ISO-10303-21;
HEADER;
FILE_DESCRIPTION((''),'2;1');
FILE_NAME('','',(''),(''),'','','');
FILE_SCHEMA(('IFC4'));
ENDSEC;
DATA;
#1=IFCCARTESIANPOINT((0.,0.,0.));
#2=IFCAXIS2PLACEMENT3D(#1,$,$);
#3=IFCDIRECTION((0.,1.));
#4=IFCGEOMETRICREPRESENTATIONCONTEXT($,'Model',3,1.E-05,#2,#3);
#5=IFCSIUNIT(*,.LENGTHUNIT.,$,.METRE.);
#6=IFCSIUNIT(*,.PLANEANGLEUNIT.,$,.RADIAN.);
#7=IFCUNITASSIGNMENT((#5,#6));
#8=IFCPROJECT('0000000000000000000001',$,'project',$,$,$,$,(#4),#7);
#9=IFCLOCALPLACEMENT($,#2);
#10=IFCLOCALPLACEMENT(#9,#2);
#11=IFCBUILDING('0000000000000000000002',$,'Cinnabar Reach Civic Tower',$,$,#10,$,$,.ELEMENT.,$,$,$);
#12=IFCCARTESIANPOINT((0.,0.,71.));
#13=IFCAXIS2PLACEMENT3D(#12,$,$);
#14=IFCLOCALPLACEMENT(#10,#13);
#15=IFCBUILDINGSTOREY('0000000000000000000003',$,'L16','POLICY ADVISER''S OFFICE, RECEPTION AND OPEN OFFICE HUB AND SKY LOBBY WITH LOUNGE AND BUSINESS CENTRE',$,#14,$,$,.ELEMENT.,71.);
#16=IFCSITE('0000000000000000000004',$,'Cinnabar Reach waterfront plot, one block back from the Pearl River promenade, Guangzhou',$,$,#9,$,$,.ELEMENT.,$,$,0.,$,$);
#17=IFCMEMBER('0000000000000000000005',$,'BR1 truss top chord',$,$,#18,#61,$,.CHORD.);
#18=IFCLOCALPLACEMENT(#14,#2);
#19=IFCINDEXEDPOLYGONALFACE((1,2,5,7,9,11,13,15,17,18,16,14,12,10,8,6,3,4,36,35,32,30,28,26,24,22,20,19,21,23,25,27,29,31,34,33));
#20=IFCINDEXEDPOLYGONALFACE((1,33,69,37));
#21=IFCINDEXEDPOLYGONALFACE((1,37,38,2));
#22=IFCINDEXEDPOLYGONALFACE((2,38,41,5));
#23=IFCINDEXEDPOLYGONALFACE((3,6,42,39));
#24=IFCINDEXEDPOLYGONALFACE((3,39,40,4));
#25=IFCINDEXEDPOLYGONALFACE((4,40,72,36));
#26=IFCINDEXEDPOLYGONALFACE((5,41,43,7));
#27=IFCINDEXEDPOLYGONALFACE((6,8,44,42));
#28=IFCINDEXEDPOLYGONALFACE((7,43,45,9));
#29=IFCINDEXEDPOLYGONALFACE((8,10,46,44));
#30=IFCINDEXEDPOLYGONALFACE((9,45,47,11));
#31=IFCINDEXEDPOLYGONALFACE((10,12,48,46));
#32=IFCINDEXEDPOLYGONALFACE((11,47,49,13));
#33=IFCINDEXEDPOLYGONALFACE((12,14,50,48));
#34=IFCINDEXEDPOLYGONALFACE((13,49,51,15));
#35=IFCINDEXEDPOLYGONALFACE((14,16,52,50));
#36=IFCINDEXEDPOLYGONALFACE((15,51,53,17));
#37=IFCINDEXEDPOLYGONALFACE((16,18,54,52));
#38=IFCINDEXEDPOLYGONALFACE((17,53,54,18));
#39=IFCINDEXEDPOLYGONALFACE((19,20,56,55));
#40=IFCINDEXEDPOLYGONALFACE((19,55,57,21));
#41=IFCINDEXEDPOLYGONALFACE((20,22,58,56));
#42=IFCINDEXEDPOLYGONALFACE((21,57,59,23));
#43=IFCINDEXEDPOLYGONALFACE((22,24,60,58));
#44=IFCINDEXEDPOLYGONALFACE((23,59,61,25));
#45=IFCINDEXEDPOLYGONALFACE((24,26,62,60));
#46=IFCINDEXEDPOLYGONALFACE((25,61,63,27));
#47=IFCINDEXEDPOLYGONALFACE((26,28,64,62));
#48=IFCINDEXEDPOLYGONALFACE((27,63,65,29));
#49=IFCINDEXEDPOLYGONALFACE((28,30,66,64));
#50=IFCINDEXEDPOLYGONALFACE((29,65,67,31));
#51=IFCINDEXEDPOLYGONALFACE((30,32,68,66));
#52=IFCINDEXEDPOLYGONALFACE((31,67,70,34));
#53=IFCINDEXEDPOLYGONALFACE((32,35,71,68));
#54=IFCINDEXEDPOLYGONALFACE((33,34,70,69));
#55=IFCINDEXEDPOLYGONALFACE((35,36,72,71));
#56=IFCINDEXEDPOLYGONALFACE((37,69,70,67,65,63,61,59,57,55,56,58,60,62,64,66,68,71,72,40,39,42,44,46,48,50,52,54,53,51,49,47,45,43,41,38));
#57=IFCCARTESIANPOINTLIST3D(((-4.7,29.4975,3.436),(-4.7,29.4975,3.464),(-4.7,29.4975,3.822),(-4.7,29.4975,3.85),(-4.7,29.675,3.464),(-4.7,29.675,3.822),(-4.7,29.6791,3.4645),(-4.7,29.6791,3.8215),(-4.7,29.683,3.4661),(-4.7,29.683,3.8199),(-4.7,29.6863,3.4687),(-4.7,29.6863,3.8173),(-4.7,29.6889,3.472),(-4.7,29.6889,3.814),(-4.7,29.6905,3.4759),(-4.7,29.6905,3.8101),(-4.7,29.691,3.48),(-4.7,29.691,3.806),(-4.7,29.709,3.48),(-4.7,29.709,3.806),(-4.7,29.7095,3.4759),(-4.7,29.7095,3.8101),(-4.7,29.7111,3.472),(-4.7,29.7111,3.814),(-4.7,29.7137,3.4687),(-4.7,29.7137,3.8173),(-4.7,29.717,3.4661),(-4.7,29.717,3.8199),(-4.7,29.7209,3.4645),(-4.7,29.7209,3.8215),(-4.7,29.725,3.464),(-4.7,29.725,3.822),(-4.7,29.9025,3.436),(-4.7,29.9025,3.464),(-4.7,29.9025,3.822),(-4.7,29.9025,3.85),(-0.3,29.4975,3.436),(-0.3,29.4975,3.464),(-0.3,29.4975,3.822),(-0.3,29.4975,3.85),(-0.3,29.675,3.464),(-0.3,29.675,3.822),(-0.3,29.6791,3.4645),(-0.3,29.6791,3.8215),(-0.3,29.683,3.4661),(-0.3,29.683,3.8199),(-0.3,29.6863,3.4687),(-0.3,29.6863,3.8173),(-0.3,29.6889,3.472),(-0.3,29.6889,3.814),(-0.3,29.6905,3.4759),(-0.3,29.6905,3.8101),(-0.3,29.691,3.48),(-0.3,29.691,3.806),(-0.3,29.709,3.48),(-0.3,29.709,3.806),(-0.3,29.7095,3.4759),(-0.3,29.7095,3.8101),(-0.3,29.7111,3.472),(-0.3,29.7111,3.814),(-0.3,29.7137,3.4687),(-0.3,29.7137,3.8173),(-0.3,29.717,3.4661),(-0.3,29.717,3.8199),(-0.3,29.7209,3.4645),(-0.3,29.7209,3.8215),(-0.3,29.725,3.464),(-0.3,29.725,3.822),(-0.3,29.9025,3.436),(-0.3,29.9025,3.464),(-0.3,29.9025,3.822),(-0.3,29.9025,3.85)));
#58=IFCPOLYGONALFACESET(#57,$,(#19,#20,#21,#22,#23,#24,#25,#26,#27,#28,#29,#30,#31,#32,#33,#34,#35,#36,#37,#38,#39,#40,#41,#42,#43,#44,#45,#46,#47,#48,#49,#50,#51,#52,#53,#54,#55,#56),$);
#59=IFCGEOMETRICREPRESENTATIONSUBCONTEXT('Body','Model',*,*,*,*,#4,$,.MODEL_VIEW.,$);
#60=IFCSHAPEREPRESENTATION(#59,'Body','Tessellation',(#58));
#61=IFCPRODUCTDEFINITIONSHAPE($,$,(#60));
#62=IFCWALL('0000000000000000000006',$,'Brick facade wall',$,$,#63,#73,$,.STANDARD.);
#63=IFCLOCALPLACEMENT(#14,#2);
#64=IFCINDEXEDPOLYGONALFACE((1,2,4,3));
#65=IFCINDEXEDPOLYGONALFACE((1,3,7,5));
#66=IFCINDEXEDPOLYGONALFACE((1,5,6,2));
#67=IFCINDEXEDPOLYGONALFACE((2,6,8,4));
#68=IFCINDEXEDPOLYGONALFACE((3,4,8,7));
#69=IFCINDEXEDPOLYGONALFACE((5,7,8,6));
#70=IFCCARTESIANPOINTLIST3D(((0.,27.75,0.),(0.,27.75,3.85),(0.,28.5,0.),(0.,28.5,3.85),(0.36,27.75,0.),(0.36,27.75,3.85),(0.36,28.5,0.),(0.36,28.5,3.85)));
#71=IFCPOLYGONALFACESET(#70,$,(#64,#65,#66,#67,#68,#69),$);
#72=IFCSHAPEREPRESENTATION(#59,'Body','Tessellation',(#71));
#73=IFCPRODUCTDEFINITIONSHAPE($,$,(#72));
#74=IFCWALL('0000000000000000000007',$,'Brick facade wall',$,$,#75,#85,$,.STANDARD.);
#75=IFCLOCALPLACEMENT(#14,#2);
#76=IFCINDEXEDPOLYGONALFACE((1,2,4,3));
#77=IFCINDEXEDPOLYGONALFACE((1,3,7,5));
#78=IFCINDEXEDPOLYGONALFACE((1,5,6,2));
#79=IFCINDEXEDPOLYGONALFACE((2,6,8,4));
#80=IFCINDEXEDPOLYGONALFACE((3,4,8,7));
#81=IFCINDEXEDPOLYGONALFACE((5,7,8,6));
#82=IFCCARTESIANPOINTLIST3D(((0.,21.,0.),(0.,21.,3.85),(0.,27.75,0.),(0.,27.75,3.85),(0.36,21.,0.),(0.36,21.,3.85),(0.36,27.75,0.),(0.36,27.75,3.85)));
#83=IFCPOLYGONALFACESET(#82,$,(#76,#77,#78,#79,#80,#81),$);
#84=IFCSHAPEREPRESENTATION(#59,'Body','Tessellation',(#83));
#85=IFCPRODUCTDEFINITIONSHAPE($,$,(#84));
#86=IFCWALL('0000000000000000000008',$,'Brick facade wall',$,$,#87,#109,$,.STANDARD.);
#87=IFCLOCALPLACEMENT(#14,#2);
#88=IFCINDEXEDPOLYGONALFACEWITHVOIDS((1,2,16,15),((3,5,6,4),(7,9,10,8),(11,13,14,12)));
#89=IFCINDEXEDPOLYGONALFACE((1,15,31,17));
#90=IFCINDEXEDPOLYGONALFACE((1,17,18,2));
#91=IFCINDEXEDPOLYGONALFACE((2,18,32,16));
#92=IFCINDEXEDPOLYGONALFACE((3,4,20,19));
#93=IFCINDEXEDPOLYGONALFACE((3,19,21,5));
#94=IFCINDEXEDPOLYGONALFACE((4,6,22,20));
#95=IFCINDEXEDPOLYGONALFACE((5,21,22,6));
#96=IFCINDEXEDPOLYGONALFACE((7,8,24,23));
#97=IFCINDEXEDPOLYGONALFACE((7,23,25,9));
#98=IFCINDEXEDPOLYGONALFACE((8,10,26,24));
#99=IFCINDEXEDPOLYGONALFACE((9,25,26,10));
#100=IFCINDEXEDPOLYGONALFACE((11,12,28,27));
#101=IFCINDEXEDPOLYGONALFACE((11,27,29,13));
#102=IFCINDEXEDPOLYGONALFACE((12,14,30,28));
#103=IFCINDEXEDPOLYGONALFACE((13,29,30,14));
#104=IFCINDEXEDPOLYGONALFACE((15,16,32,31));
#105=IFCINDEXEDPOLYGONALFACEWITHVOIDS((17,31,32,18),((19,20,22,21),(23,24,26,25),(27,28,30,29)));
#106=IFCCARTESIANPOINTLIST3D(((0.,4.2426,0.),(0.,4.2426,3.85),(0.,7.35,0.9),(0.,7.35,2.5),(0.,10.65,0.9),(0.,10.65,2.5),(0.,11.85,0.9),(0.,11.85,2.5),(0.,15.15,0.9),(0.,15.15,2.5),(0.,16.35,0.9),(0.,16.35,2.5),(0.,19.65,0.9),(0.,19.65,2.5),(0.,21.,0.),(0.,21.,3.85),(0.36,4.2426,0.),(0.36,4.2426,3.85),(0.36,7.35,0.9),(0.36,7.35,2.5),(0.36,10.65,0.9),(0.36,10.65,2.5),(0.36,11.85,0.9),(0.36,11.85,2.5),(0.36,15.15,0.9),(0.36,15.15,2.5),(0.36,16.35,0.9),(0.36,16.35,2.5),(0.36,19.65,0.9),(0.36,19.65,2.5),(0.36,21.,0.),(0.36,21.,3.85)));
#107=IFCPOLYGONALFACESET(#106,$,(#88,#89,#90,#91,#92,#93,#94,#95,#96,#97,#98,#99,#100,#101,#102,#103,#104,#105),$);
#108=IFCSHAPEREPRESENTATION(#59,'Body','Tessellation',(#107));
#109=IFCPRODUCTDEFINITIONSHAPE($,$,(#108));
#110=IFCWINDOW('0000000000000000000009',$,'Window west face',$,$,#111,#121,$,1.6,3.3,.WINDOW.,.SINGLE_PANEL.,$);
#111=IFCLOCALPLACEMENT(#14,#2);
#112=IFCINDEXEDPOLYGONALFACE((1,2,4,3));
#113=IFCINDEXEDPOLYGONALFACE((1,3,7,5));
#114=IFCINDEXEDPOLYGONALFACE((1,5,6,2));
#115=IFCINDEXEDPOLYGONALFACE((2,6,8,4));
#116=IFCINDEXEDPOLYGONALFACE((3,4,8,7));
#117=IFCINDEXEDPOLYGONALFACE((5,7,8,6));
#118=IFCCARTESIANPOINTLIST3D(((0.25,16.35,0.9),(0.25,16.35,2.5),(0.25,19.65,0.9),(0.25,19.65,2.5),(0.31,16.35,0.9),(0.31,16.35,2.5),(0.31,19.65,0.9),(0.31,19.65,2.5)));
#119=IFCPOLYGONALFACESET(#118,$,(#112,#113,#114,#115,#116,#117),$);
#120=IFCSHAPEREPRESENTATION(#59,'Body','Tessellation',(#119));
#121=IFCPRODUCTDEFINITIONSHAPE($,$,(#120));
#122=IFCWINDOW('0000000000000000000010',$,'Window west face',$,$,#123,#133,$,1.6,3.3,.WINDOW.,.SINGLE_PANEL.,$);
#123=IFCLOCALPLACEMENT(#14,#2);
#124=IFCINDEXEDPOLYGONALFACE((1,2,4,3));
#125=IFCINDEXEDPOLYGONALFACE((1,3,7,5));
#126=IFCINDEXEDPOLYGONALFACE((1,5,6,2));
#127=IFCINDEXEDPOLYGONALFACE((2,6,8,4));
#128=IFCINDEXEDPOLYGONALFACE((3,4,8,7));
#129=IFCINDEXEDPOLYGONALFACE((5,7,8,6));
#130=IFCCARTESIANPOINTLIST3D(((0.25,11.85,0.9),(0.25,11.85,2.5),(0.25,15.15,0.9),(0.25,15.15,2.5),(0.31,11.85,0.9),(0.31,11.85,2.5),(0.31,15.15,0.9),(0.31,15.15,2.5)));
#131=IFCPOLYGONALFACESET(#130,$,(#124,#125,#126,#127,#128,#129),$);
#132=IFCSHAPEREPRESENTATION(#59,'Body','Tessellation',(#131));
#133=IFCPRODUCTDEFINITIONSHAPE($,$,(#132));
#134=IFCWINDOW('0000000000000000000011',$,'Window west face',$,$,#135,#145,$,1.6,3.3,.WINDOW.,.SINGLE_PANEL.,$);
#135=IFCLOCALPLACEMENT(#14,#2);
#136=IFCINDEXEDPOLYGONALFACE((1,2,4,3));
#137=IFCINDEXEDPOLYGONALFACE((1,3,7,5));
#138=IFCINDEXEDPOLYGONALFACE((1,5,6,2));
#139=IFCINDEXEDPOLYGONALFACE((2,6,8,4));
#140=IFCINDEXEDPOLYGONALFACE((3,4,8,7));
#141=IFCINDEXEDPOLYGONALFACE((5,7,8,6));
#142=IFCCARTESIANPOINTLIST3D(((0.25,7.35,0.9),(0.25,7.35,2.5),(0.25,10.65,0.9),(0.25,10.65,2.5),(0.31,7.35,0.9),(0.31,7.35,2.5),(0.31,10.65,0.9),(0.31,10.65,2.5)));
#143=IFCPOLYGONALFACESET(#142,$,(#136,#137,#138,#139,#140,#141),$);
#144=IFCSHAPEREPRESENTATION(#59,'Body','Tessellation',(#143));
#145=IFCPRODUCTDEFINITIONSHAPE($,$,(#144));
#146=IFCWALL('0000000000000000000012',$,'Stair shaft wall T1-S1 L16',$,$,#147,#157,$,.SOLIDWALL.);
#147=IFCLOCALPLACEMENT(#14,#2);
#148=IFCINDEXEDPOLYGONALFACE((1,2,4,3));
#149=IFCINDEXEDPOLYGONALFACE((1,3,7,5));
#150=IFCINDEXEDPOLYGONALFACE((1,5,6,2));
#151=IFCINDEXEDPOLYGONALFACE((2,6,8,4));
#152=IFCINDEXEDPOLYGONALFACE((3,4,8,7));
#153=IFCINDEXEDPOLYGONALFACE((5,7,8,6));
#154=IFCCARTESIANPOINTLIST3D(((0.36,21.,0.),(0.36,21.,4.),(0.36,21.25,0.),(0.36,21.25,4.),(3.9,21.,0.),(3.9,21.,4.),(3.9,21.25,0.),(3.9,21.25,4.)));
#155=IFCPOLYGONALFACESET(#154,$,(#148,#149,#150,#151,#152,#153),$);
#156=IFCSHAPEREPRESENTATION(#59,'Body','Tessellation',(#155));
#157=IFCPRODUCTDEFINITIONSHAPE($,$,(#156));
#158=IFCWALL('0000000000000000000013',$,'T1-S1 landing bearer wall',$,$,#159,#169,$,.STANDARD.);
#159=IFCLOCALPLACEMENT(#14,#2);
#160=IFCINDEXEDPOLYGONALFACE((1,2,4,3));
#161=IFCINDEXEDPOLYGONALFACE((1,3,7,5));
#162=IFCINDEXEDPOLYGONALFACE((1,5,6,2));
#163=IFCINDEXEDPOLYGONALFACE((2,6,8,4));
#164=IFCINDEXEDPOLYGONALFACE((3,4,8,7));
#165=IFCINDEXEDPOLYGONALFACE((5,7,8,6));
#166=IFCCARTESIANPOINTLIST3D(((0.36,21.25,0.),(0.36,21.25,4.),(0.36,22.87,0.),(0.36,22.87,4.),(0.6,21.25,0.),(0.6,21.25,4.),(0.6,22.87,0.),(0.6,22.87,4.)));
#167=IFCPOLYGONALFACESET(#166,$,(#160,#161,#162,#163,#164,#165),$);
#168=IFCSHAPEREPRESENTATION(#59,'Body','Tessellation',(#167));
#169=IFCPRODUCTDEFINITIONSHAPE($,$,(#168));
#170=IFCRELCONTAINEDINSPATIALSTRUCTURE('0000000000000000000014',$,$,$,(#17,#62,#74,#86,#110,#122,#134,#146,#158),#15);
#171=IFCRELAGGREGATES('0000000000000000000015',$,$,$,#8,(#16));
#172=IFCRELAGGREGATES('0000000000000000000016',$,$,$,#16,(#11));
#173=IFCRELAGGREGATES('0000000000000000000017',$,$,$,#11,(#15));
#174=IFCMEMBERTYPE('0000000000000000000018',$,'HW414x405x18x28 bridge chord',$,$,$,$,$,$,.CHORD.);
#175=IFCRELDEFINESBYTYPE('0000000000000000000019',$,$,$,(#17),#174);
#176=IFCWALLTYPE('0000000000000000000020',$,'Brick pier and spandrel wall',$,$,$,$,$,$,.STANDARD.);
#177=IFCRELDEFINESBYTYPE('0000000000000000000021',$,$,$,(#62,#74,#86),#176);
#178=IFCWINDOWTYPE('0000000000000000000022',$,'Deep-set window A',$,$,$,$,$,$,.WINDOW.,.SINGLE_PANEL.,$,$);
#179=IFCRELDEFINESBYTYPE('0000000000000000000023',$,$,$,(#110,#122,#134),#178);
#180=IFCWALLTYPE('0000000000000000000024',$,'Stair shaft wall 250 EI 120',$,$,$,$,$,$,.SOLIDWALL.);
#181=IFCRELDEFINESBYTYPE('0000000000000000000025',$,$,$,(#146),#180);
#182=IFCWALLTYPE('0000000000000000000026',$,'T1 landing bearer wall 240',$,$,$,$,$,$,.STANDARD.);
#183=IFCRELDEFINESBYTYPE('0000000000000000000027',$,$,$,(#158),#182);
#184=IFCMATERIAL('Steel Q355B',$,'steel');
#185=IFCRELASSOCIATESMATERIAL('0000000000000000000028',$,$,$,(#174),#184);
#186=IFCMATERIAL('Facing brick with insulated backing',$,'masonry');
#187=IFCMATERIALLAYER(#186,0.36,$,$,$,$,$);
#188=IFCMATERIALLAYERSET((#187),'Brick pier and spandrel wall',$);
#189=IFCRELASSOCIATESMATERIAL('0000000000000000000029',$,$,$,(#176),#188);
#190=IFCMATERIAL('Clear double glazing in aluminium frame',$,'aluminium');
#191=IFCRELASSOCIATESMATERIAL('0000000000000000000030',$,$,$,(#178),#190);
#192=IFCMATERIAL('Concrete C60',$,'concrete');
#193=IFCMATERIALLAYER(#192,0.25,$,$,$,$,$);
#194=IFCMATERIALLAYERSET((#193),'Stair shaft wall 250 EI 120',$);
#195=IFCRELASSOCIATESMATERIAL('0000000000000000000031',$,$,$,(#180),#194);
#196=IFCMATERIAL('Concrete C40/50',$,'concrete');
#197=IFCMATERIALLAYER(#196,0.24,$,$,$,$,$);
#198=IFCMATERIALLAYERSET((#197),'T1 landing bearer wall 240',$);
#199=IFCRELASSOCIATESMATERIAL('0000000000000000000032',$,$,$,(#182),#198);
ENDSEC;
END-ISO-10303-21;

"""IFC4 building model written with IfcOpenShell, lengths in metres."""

from ifc_helpers import new_model, si_unit, direction, frame, frame_2d, origin, origin_2d, place, context, subcontext, project, spatial, rectangle, i_section, extrude, material, layer, layer_set, material_profile, profile_set, type_object, element, fill, save


model = new_model("IFC4")

# Units and contexts
model_context = context("Model", 3, precision=1e-05, world=origin(), true_north=direction((0.0, 1.0)))
body_context = subcontext(model_context, "Body", "Model", "MODEL_VIEW")
ifc_project = project(units=[si_unit("LENGTHUNIT", "METRE"), si_unit("PLANEANGLEUNIT", "RADIAN")], contexts=[model_context])

# Site, building, storey
site_placement = place(None, origin())
site = spatial("IfcSite", under=ifc_project, at=site_placement, Name="Cinnabar Reach waterfront plot, one block back from the Pearl River promenade, Guangzhou", CompositionType="ELEMENT", RefElevation=0.0)
building_placement = place(site_placement, origin())
building = spatial("IfcBuilding", under=site, at=building_placement, Name="Cinnabar Reach Civic Tower", CompositionType="ELEMENT")
storey_placement = place(building_placement, frame((0.0, 0.0, 71.0)))
storey = spatial("IfcBuildingStorey", under=building, at=storey_placement, Name="L16", Description="POLICY ADVISER'S OFFICE, RECEPTION AND OPEN OFFICE HUB AND SKY LOBBY WITH LOUNGE AND BUSINESS CENTRE", CompositionType="ELEMENT", Elevation=71.0)

# Shared definitions
ifc_material_1 = material(Name="Steel Q355B", Category="steel")

# Member
ifc_material_profile_1 = material_profile(ifc_material_1, i_section(OverallWidth=0.405, OverallDepth=0.414, WebThickness=0.018, FlangeThickness=0.028, FilletRadius=0.016, at=origin_2d()), Name="HW414x405x18x28")
ifc_profile_set_1 = profile_set([ifc_material_profile_1], Name="Steel Q355B")
member_type_1 = type_object("IfcMemberType", Name="HW414x405x18x28 bridge chord", PredefinedType="CHORD", material=ifc_profile_set_1)
for number, where, z_axis, x_axis, name in (
    (1, (-4.7, 29.7, 3.643), (1.0, 0.0, 0.0), (0.0, 1.0, 0.0), "BR1 truss top chord"),
):
    element("IfcMember", number, at=place(storey_placement, frame(where, z_axis=z_axis, x_axis=x_axis)), inside=storey, type_object=member_type_1, Name=name, PredefinedType="CHORD", context=body_context, shape_type="SweptSolid", body=[
        extrude(i_section(OverallWidth=0.405, OverallDepth=0.414, WebThickness=0.018, FlangeThickness=0.028, FilletRadius=0.016, at=origin_2d()), origin(), (0.0, 0.0, 1.0), 4.4),
    ])

# Walls
ifc_material_2 = material(Name="Facing brick with insulated backing", Category="masonry")
ifc_layer_1 = layer(ifc_material_2, 0.36)
ifc_layer_set_1 = layer_set([ifc_layer_1], Name="Brick pier and spandrel wall")
wall_type_1 = type_object("IfcWallType", Name="Brick pier and spandrel wall", PredefinedType="STANDARD", material=ifc_layer_set_1)
wall_1_placement = place(storey_placement, frame((0.18, 28.5, 0.0), z_axis=(0.0, 0.0, 1.0), x_axis=(0.0, -1.0, 0.0)))
element("IfcWall", 2, at=wall_1_placement, inside=storey, type_object=wall_type_1, Name="Brick facade wall", PredefinedType="STANDARD", context=body_context, shape_type="SweptSolid", body=[
    extrude(rectangle(XDim=0.75, YDim=0.36, at=frame_2d((0.375, 0.0))), origin(), (0.0, 0.0, 1.0), 3.85),
])
wall_2_placement = place(storey_placement, frame((0.18, 27.75, 0.0), z_axis=(0.0, 0.0, 1.0), x_axis=(0.0, -1.0, 0.0)))
element("IfcWall", 3, at=wall_2_placement, inside=storey, type_object=wall_type_1, Name="Brick facade wall", PredefinedType="STANDARD", context=body_context, shape_type="SweptSolid", body=[
    extrude(rectangle(XDim=6.75, YDim=0.36, at=frame_2d((3.375, 0.0))), origin(), (0.0, 0.0, 1.0), 3.85),
])

# Wall, openings, windows
wall_3_placement = place(storey_placement, frame((0.18, 21.0, 0.0), z_axis=(0.0, 0.0, 1.0), x_axis=(0.0, -1.0, 0.0)))
wall_3 = element("IfcWall", 4, at=wall_3_placement, inside=storey, type_object=wall_type_1, Name="Brick facade wall", PredefinedType="STANDARD", context=body_context, shape_type="SweptSolid", body=[
    extrude(rectangle(XDim=16.7574, YDim=0.36, at=frame_2d((8.3787, 0.0))), origin(), (0.0, 0.0, 1.0), 3.85),
])
opening_1_placement = place(wall_3_placement, frame((1.35, 0.0, 0.9)))
opening_1 = element("IfcOpeningElement", 5, at=opening_1_placement, cuts=wall_3, PredefinedType="OPENING", context=body_context, shape_type="SweptSolid", body=[
    extrude(rectangle(XDim=3.3, YDim=1.6, at=frame_2d((1.65, 0.8))), frame((0.0, 0.19, 0.0), z_axis=(0.0, -1.0, 0.0), x_axis=(1.0, 0.0, 0.0)), (0.0, 0.0, 1.0), 0.38),
])
opening_2_placement = place(wall_3_placement, frame((5.85, 0.0, 0.9)))
opening_2 = element("IfcOpeningElement", 6, at=opening_2_placement, cuts=wall_3, PredefinedType="OPENING", context=body_context, shape_type="SweptSolid", body=[
    extrude(rectangle(XDim=3.3, YDim=1.6, at=frame_2d((1.65, 0.8))), frame((0.0, 0.19, 0.0), z_axis=(0.0, -1.0, 0.0), x_axis=(1.0, 0.0, 0.0)), (0.0, 0.0, 1.0), 0.38),
])
opening_3_placement = place(wall_3_placement, frame((10.35, 0.0, 0.9)))
opening_3 = element("IfcOpeningElement", 7, at=opening_3_placement, cuts=wall_3, PredefinedType="OPENING", context=body_context, shape_type="SweptSolid", body=[
    extrude(rectangle(XDim=3.3, YDim=1.6, at=frame_2d((1.65, 0.8))), frame((0.0, 0.19, 0.0), z_axis=(0.0, -1.0, 0.0), x_axis=(1.0, 0.0, 0.0)), (0.0, 0.0, 1.0), 0.38),
])
ifc_material_3 = material(Name="Clear double glazing in aluminium frame", Category="aluminium")
window_type = type_object("IfcWindowType", Name="Deep-set window A", PartitioningType="SINGLE_PANEL", PredefinedType="WINDOW", material=ifc_material_3)
window_1_placement = place(opening_1_placement, origin())
window_1 = element("IfcWindow", 8, at=window_1_placement, inside=storey, type_object=window_type, Name="Window west face", OverallHeight=1.6, OverallWidth=3.3, PartitioningType="SINGLE_PANEL", PredefinedType="WINDOW", context=body_context, shape_type="SweptSolid", body=[
    extrude(rectangle(XDim=3.3, YDim=1.6, at=frame_2d((1.65, 0.8))), frame((0.0, 0.13, 0.0), z_axis=(0.0, -1.0, 0.0), x_axis=(1.0, 0.0, 0.0)), (0.0, 0.0, 1.0), 0.06),
])
fill(opening_1, window_1)
window_2_placement = place(opening_2_placement, origin())
window_2 = element("IfcWindow", 9, at=window_2_placement, inside=storey, type_object=window_type, Name="Window west face", OverallHeight=1.6, OverallWidth=3.3, PartitioningType="SINGLE_PANEL", PredefinedType="WINDOW", context=body_context, shape_type="SweptSolid", body=[
    extrude(rectangle(XDim=3.3, YDim=1.6, at=frame_2d((1.65, 0.8))), frame((0.0, 0.13, 0.0), z_axis=(0.0, -1.0, 0.0), x_axis=(1.0, 0.0, 0.0)), (0.0, 0.0, 1.0), 0.06),
])
fill(opening_2, window_2)
window_3_placement = place(opening_3_placement, origin())
window_3 = element("IfcWindow", 10, at=window_3_placement, inside=storey, type_object=window_type, Name="Window west face", OverallHeight=1.6, OverallWidth=3.3, PartitioningType="SINGLE_PANEL", PredefinedType="WINDOW", context=body_context, shape_type="SweptSolid", body=[
    extrude(rectangle(XDim=3.3, YDim=1.6, at=frame_2d((1.65, 0.8))), frame((0.0, 0.13, 0.0), z_axis=(0.0, -1.0, 0.0), x_axis=(1.0, 0.0, 0.0)), (0.0, 0.0, 1.0), 0.06),
])
fill(opening_3, window_3)

# Walls
ifc_material_4 = material(Name="Concrete C60", Category="concrete")
ifc_layer_2 = layer(ifc_material_4, 0.25)
ifc_layer_set_2 = layer_set([ifc_layer_2], Name="Stair shaft wall 250 EI 120")
wall_type_2 = type_object("IfcWallType", Name="Stair shaft wall 250 EI 120", PredefinedType="SOLIDWALL", material=ifc_layer_set_2)
wall_4_placement = place(storey_placement, frame((0.36, 21.125, 0.0), z_axis=(0.0, 0.0, 1.0), x_axis=(1.0, 0.0, 0.0)))
element("IfcWall", 11, at=wall_4_placement, inside=storey, type_object=wall_type_2, Name="Stair shaft wall T1-S1 L16", PredefinedType="SOLIDWALL", context=body_context, shape_type="SweptSolid", body=[
    extrude(rectangle(XDim=3.54, YDim=0.25, at=frame_2d((1.77, 0.0))), origin(), (0.0, 0.0, 1.0), 4.0),
])
ifc_material_5 = material(Name="Concrete C40/50", Category="concrete")
ifc_layer_3 = layer(ifc_material_5, 0.24)
ifc_layer_set_3 = layer_set([ifc_layer_3], Name="T1 landing bearer wall 240")
wall_type_3 = type_object("IfcWallType", Name="T1 landing bearer wall 240", PredefinedType="STANDARD", material=ifc_layer_set_3)
wall_5_placement = place(storey_placement, frame((0.48, 21.25, 0.0), z_axis=(0.0, 0.0, 1.0), x_axis=(0.0, 1.0, 0.0)))
element("IfcWall", 12, at=wall_5_placement, inside=storey, type_object=wall_type_3, Name="T1-S1 landing bearer wall", PredefinedType="STANDARD", context=body_context, shape_type="SweptSolid", body=[
    extrude(rectangle(XDim=1.62, YDim=0.24, at=frame_2d((0.81, 0.0))), origin(), (0.0, 0.0, 1.0), 4.0),
])

save(model, "model.ifc")
